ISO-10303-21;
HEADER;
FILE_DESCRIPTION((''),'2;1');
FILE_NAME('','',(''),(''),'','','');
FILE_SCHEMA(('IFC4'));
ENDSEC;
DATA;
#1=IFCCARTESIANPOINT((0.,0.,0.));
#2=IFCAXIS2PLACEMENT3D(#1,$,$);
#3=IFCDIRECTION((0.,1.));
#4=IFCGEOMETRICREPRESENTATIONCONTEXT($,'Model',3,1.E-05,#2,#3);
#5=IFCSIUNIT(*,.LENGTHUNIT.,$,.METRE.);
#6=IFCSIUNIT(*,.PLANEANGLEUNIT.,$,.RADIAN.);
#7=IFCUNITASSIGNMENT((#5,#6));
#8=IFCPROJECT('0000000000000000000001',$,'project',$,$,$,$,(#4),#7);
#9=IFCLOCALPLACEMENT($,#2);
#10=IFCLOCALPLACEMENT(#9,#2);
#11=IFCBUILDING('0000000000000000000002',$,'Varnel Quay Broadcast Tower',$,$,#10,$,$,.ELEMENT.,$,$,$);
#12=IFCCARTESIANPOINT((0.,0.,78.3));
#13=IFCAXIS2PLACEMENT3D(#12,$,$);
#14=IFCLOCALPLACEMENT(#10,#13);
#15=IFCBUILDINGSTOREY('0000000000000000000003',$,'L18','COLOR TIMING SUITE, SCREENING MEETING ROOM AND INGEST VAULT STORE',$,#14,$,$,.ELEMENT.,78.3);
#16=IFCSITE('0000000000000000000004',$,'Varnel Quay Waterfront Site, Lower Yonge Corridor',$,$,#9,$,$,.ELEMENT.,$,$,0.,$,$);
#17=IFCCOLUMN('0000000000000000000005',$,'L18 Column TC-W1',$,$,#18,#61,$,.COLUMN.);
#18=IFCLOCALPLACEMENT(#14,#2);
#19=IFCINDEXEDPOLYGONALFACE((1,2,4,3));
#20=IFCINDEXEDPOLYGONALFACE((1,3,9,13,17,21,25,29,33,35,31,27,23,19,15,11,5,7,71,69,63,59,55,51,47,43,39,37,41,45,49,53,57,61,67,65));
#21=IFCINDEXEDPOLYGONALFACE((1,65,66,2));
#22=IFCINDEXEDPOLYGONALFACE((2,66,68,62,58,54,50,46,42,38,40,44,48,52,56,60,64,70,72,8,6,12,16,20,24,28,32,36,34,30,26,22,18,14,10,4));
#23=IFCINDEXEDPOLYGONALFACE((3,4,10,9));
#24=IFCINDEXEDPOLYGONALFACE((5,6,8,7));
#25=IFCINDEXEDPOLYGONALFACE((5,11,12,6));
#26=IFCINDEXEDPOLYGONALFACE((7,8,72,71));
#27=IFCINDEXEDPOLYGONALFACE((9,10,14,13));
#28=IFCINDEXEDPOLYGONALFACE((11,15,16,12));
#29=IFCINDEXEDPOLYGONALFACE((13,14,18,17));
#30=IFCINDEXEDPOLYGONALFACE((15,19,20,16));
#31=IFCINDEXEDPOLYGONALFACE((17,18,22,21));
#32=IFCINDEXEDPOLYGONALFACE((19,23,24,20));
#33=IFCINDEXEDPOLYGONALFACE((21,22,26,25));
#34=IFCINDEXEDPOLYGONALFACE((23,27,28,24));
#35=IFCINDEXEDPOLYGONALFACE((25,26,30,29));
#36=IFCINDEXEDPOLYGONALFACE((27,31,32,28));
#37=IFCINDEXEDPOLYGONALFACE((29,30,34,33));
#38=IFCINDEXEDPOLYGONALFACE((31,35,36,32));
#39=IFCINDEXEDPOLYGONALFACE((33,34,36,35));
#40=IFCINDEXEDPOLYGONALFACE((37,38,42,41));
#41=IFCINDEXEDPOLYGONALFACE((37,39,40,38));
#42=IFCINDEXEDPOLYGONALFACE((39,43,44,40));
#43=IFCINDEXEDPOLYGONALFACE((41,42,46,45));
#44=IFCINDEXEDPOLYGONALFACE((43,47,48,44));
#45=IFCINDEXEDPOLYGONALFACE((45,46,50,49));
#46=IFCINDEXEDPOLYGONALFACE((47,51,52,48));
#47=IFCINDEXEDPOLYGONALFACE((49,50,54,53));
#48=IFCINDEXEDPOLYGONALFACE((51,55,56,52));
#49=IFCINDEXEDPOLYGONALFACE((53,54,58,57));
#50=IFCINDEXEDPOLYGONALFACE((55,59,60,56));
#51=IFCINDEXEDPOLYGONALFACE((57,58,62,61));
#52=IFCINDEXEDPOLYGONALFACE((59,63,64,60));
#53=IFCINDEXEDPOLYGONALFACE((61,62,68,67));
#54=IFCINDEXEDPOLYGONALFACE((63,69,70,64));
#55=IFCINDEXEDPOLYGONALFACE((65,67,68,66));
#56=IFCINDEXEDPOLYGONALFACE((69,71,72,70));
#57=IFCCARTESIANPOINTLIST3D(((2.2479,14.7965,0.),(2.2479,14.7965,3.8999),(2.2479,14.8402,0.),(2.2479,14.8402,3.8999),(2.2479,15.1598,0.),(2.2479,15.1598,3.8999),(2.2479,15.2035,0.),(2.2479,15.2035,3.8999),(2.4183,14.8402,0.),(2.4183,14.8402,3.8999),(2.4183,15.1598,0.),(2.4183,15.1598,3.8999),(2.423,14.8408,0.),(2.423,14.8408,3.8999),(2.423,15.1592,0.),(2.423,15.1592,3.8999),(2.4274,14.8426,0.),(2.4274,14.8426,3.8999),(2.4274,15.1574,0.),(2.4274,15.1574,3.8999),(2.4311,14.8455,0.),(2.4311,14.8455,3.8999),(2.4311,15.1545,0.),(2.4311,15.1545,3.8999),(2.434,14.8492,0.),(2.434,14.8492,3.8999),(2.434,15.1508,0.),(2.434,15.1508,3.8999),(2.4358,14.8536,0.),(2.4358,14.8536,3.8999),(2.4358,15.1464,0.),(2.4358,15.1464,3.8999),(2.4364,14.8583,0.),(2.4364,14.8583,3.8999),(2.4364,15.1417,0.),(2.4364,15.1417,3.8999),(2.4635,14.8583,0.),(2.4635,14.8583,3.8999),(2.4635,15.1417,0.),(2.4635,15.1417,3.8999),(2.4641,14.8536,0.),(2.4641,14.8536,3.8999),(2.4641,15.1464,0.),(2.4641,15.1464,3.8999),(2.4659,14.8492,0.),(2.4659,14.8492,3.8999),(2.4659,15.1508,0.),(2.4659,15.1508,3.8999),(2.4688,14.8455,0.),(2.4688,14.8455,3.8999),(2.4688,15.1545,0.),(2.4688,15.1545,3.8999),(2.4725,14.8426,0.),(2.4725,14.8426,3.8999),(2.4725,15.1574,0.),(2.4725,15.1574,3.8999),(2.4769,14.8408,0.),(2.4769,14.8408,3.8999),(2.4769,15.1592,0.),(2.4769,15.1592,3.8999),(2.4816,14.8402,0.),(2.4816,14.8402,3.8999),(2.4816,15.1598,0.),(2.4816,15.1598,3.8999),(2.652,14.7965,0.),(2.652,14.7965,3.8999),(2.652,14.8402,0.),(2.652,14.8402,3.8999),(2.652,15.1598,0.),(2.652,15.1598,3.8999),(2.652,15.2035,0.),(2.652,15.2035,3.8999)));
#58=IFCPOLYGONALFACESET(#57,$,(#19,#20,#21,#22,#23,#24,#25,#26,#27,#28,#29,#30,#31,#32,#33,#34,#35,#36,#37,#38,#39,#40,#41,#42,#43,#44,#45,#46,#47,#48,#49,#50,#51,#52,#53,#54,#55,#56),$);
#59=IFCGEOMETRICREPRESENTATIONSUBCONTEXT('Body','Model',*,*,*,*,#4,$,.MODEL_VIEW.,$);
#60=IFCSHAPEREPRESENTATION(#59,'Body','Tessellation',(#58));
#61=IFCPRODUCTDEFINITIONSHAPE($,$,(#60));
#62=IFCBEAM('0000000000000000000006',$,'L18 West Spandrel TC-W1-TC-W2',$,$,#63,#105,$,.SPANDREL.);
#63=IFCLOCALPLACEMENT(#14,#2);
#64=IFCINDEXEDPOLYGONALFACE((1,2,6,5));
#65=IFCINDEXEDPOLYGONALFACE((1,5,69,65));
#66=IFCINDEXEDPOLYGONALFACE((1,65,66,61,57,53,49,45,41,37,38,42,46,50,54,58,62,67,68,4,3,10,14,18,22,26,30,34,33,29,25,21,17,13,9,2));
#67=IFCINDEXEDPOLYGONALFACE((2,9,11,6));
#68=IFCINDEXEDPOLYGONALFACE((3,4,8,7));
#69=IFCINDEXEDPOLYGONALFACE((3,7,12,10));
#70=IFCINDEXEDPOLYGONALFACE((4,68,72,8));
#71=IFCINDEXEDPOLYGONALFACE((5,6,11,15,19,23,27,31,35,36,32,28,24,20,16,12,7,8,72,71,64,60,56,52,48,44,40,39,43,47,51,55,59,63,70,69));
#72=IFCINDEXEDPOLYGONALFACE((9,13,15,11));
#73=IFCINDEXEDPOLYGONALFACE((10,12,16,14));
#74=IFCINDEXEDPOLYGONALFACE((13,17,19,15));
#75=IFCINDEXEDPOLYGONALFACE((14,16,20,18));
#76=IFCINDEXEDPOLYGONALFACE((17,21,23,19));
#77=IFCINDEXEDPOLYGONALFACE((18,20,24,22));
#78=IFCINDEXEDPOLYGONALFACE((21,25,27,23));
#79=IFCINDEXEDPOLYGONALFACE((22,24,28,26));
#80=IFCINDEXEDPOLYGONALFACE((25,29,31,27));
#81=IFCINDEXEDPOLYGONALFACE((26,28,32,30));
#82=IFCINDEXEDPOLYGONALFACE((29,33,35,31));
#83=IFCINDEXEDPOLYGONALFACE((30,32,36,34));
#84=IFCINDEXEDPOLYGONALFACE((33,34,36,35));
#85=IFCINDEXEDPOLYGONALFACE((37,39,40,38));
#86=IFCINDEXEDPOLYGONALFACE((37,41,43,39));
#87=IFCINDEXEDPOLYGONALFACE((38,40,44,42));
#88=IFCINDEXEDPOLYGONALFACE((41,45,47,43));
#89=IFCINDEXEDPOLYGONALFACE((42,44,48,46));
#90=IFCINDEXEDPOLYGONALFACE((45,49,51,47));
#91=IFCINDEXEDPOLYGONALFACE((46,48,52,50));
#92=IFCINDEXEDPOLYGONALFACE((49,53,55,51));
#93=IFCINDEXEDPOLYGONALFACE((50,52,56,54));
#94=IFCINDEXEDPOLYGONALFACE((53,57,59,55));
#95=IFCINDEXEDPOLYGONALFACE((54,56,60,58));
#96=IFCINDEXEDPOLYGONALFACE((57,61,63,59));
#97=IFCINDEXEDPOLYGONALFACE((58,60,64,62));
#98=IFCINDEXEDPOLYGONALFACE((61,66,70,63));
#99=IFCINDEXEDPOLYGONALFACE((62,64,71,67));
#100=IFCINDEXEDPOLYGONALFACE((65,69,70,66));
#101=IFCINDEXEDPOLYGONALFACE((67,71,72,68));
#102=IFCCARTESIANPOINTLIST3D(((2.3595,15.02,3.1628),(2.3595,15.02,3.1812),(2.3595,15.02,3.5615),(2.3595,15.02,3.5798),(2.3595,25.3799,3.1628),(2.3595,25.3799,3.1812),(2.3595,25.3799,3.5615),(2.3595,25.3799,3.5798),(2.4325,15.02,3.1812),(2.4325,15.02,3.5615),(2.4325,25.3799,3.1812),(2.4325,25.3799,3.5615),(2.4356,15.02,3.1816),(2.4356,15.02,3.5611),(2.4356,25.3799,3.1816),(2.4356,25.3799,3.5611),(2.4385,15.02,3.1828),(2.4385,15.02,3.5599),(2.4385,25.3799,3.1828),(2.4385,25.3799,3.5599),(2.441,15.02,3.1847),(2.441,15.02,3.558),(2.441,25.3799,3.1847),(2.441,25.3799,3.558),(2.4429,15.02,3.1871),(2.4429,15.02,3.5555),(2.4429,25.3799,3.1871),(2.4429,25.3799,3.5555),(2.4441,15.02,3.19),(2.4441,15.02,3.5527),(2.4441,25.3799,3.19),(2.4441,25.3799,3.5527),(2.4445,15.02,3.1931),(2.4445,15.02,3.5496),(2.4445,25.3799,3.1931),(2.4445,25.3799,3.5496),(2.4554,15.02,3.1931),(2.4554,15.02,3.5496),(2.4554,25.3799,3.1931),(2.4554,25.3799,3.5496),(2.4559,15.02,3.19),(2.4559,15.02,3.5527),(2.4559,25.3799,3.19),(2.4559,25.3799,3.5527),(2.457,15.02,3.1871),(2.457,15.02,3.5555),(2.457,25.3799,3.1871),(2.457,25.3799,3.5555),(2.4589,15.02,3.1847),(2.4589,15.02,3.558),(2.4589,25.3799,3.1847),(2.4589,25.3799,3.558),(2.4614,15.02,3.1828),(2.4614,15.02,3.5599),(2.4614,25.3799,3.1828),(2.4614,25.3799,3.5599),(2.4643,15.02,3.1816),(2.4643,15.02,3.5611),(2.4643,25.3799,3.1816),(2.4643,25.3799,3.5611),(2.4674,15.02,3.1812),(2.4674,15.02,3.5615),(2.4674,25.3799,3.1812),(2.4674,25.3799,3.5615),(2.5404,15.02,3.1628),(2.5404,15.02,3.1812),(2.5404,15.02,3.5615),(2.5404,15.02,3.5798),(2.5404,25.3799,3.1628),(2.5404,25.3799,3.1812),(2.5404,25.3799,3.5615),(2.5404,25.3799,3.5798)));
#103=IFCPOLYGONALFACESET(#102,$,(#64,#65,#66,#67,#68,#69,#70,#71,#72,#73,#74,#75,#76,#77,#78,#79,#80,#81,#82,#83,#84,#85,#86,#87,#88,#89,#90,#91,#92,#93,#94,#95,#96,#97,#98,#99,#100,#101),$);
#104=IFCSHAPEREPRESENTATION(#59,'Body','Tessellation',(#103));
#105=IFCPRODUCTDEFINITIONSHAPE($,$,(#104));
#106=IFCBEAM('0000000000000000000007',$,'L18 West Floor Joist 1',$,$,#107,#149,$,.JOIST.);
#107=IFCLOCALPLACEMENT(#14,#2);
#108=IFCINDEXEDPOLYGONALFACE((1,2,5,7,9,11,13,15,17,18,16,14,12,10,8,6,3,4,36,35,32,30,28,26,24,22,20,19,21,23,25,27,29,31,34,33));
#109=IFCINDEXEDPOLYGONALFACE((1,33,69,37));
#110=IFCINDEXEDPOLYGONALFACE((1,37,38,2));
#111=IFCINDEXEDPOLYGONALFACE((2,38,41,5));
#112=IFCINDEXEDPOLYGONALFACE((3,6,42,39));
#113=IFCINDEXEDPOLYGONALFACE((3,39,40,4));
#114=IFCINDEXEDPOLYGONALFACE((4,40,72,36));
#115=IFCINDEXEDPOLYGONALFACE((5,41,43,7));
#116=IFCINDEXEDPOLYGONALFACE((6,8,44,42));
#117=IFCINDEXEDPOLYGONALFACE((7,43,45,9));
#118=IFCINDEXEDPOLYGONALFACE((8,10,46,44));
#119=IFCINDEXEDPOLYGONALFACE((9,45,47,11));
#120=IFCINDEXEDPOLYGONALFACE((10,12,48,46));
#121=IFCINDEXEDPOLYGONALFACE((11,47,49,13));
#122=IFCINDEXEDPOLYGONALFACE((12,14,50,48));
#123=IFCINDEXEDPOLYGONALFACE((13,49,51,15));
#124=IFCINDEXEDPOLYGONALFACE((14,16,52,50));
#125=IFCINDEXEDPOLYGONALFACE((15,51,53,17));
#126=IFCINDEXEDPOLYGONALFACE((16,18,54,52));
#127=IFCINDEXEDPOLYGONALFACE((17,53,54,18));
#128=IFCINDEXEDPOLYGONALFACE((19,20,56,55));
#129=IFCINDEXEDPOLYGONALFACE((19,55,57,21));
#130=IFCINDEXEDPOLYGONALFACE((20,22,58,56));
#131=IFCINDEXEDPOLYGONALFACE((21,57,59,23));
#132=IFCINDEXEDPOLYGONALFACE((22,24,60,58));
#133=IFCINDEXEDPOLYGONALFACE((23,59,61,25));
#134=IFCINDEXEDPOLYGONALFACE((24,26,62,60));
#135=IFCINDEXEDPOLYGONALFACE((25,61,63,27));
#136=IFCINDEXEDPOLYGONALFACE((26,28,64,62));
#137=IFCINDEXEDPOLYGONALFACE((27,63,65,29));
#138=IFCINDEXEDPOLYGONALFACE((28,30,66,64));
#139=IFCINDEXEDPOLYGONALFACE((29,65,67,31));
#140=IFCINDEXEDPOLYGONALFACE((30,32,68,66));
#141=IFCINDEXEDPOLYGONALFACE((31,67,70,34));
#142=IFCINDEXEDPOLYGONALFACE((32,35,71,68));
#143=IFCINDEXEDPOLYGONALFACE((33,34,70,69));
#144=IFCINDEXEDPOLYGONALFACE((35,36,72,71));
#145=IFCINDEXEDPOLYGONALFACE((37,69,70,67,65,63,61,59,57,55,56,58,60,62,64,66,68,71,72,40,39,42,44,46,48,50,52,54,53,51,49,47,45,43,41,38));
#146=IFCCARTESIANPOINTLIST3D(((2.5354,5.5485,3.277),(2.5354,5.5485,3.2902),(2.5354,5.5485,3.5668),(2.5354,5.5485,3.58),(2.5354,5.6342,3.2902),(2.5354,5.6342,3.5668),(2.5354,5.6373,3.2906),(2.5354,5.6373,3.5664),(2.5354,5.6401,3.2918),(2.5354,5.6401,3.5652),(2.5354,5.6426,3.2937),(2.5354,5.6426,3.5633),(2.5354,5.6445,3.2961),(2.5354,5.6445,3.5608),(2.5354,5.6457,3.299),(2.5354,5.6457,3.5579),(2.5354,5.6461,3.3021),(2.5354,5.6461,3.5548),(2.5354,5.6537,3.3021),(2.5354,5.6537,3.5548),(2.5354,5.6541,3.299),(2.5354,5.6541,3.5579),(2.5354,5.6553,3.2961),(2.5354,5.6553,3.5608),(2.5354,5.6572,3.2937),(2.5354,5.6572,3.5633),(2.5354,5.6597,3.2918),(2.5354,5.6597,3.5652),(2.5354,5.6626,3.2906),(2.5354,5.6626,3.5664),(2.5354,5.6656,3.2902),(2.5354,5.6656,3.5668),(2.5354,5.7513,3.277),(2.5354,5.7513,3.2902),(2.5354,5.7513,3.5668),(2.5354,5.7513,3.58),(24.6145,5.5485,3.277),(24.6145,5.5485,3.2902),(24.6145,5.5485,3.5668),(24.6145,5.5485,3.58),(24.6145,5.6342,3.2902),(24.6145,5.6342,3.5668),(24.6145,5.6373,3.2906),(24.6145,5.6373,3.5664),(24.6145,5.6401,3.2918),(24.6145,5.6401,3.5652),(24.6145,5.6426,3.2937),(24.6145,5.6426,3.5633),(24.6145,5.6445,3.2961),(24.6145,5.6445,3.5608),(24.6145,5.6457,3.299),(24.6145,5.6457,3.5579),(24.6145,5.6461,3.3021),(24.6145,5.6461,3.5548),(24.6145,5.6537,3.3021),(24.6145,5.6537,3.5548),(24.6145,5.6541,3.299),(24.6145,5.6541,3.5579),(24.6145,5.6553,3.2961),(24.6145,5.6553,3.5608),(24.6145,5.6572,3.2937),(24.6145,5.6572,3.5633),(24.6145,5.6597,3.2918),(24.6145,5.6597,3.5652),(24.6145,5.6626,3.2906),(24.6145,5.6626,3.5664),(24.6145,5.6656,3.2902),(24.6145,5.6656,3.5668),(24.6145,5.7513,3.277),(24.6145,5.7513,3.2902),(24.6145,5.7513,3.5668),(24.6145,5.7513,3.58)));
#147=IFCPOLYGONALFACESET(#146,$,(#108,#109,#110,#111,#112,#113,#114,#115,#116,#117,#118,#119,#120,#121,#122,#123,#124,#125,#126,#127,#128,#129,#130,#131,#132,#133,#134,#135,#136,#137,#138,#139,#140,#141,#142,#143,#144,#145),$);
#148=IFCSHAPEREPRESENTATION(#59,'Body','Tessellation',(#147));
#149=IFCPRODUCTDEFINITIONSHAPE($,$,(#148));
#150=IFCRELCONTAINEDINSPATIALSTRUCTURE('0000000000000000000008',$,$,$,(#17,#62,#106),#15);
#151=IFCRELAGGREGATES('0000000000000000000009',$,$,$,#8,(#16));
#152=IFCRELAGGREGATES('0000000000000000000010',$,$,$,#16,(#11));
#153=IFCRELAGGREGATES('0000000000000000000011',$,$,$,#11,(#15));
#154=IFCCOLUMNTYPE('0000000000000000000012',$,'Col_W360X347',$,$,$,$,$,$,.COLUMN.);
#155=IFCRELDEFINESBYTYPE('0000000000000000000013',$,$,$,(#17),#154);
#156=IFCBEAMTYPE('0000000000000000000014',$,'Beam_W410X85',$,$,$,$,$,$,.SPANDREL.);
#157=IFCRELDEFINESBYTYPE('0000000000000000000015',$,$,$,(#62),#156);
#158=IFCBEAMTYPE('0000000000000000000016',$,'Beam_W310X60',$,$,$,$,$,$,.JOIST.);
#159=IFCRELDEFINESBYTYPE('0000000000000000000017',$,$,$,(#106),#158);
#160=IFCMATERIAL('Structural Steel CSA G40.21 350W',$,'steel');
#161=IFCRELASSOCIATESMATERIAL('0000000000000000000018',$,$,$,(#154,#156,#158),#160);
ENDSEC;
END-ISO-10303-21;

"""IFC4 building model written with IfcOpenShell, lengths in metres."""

from ifc_helpers import new_model, si_unit, direction, frame, origin, origin_2d, place, context, subcontext, project, spatial, i_section, extrude, source, transform, mapped, material, material_profile, profile_set, type_object, type_shapes, element, save


model = new_model("IFC4")

# Units and contexts
model_context = context("Model", 3, precision=1e-05, world=origin(), true_north=direction((0.0, 1.0)))
body_context = subcontext(model_context, "Body", "Model", "MODEL_VIEW")
ifc_project = project(units=[si_unit("LENGTHUNIT", "METRE"), si_unit("PLANEANGLEUNIT", "RADIAN")], contexts=[model_context])

# Site, building, storey
site_placement = place(None, origin())
site = spatial("IfcSite", under=ifc_project, at=site_placement, Name="Varnel Quay Waterfront Site, Lower Yonge Corridor", CompositionType="ELEMENT", RefElevation=0.0)
building_placement = place(site_placement, origin())
building = spatial("IfcBuilding", under=site, at=building_placement, Name="Varnel Quay Broadcast Tower", CompositionType="ELEMENT")
storey_placement = place(building_placement, frame((0.0, 0.0, 78.3)))
storey = spatial("IfcBuildingStorey", under=building, at=storey_placement, Name="L18", Description="COLOR TIMING SUITE, SCREENING MEETING ROOM AND INGEST VAULT STORE", CompositionType="ELEMENT", Elevation=78.3)

# Column
ifc_material_1 = material(Name="Structural Steel CSA G40.21 350W", Category="steel")
ifc_material_profile_1 = material_profile(ifc_material_1, i_section(OverallWidth=0.4041, OverallDepth=0.407, WebThickness=0.0271, FlangeThickness=0.0437, FilletRadius=0.0181, at=origin_2d()), Name="W360X347")
ifc_profile_set_1 = profile_set([ifc_material_profile_1], Name="Structural Steel CSA G40.21 350W")
column_type = type_object("IfcColumnType", Name="Col_W360X347", PredefinedType="COLUMN", material=ifc_profile_set_1)
shared_shape_1 = source(origin(), body_context, "Body", "SweptSolid", [
    extrude(i_section(OverallWidth=0.4041, OverallDepth=0.407, WebThickness=0.0271, FlangeThickness=0.0437, FilletRadius=0.0181, at=origin_2d()), origin(), (0.0, 0.0, 1.0), 3.8999),
])
type_shapes(column_type, [shared_shape_1])
column_placement = place(storey_placement, frame((2.45, 15.0, 0.0), z_axis=(0.0, 0.0, 1.0), x_axis=(1.0, 0.0, 0.0)))
element("IfcColumn", 1, at=column_placement, inside=storey, type_object=column_type, Name="L18 Column TC-W1", PredefinedType="COLUMN", context=body_context, shape_type="MappedRepresentation", body=[
    mapped(shared_shape_1, transform((0.0, 0.0, 0.0), x_axis=(1.0, 0.0, 0.0), y_axis=(0.0, 1.0, 0.0), z_axis=(0.0, 0.0, 1.0), scale=1.0)),
])

# Beams
ifc_material_profile_2 = material_profile(ifc_material_1, i_section(OverallWidth=0.1809, OverallDepth=0.417, WebThickness=0.011, FlangeThickness=0.0183, FilletRadius=0.012, at=origin_2d()), Name="W410X85")
ifc_profile_set_2 = profile_set([ifc_material_profile_2], Name="Structural Steel CSA G40.21 350W")
beam_type_1 = type_object("IfcBeamType", Name="Beam_W410X85", PredefinedType="SPANDREL", material=ifc_profile_set_2)
shared_shape_2 = source(origin(), body_context, "Body", "SweptSolid", [
    extrude(i_section(OverallWidth=0.1809, OverallDepth=0.417, WebThickness=0.011, FlangeThickness=0.0183, FilletRadius=0.012, at=origin_2d()), origin(), (0.0, 0.0, 1.0), 10.3599),
])
type_shapes(beam_type_1, [shared_shape_2])
beam_1_placement = place(storey_placement, frame((2.45, 15.02, 3.3713), z_axis=(0.0, 1.0, 0.0), x_axis=(-1.0, 0.0, 0.0)))
element("IfcBeam", 2, at=beam_1_placement, inside=storey, type_object=beam_type_1, Name="L18 West Spandrel TC-W1-TC-W2", PredefinedType="SPANDREL", context=body_context, shape_type="MappedRepresentation", body=[
    mapped(shared_shape_2, transform((0.0, 0.0, 0.0), x_axis=(1.0, 0.0, 0.0), y_axis=(0.0, 1.0, 0.0), z_axis=(0.0, 0.0, 1.0), scale=1.0)),
])
ifc_material_profile_3 = material_profile(ifc_material_1, i_section(OverallWidth=0.2029, OverallDepth=0.303, WebThickness=0.0076, FlangeThickness=0.0132, FilletRadius=0.012, at=origin_2d()), Name="W310X60")
ifc_profile_set_3 = profile_set([ifc_material_profile_3], Name="Structural Steel CSA G40.21 350W")
beam_type_2 = type_object("IfcBeamType", Name="Beam_W310X60", PredefinedType="JOIST", material=ifc_profile_set_3)
shared_shape_3 = source(origin(), body_context, "Body", "SweptSolid", [
    extrude(i_section(OverallWidth=0.2029, OverallDepth=0.303, WebThickness=0.0076, FlangeThickness=0.0132, FilletRadius=0.012, at=origin_2d()), origin(), (0.0, 0.0, 1.0), 22.0791),
])
type_shapes(beam_type_2, [shared_shape_3])
for number, where, z_axis, x_axis, name in (
    (3, (2.5354, 5.6499, 3.4285), (1.0, 0.0, 0.0), (0.0, 1.0, 0.0), "L18 West Floor Joist 1"),
):
    element("IfcBeam", number, at=place(storey_placement, frame(where, z_axis=z_axis, x_axis=x_axis)), inside=storey, type_object=beam_type_2, Name=name, PredefinedType="JOIST", context=body_context, shape_type="MappedRepresentation", body=[
        mapped(shared_shape_3, transform((0.0, 0.0, 0.0), x_axis=(1.0, 0.0, 0.0), y_axis=(0.0, 1.0, 0.0), z_axis=(0.0, 0.0, 1.0), scale=1.0)),
    ])

save(model, "model.ifc")
